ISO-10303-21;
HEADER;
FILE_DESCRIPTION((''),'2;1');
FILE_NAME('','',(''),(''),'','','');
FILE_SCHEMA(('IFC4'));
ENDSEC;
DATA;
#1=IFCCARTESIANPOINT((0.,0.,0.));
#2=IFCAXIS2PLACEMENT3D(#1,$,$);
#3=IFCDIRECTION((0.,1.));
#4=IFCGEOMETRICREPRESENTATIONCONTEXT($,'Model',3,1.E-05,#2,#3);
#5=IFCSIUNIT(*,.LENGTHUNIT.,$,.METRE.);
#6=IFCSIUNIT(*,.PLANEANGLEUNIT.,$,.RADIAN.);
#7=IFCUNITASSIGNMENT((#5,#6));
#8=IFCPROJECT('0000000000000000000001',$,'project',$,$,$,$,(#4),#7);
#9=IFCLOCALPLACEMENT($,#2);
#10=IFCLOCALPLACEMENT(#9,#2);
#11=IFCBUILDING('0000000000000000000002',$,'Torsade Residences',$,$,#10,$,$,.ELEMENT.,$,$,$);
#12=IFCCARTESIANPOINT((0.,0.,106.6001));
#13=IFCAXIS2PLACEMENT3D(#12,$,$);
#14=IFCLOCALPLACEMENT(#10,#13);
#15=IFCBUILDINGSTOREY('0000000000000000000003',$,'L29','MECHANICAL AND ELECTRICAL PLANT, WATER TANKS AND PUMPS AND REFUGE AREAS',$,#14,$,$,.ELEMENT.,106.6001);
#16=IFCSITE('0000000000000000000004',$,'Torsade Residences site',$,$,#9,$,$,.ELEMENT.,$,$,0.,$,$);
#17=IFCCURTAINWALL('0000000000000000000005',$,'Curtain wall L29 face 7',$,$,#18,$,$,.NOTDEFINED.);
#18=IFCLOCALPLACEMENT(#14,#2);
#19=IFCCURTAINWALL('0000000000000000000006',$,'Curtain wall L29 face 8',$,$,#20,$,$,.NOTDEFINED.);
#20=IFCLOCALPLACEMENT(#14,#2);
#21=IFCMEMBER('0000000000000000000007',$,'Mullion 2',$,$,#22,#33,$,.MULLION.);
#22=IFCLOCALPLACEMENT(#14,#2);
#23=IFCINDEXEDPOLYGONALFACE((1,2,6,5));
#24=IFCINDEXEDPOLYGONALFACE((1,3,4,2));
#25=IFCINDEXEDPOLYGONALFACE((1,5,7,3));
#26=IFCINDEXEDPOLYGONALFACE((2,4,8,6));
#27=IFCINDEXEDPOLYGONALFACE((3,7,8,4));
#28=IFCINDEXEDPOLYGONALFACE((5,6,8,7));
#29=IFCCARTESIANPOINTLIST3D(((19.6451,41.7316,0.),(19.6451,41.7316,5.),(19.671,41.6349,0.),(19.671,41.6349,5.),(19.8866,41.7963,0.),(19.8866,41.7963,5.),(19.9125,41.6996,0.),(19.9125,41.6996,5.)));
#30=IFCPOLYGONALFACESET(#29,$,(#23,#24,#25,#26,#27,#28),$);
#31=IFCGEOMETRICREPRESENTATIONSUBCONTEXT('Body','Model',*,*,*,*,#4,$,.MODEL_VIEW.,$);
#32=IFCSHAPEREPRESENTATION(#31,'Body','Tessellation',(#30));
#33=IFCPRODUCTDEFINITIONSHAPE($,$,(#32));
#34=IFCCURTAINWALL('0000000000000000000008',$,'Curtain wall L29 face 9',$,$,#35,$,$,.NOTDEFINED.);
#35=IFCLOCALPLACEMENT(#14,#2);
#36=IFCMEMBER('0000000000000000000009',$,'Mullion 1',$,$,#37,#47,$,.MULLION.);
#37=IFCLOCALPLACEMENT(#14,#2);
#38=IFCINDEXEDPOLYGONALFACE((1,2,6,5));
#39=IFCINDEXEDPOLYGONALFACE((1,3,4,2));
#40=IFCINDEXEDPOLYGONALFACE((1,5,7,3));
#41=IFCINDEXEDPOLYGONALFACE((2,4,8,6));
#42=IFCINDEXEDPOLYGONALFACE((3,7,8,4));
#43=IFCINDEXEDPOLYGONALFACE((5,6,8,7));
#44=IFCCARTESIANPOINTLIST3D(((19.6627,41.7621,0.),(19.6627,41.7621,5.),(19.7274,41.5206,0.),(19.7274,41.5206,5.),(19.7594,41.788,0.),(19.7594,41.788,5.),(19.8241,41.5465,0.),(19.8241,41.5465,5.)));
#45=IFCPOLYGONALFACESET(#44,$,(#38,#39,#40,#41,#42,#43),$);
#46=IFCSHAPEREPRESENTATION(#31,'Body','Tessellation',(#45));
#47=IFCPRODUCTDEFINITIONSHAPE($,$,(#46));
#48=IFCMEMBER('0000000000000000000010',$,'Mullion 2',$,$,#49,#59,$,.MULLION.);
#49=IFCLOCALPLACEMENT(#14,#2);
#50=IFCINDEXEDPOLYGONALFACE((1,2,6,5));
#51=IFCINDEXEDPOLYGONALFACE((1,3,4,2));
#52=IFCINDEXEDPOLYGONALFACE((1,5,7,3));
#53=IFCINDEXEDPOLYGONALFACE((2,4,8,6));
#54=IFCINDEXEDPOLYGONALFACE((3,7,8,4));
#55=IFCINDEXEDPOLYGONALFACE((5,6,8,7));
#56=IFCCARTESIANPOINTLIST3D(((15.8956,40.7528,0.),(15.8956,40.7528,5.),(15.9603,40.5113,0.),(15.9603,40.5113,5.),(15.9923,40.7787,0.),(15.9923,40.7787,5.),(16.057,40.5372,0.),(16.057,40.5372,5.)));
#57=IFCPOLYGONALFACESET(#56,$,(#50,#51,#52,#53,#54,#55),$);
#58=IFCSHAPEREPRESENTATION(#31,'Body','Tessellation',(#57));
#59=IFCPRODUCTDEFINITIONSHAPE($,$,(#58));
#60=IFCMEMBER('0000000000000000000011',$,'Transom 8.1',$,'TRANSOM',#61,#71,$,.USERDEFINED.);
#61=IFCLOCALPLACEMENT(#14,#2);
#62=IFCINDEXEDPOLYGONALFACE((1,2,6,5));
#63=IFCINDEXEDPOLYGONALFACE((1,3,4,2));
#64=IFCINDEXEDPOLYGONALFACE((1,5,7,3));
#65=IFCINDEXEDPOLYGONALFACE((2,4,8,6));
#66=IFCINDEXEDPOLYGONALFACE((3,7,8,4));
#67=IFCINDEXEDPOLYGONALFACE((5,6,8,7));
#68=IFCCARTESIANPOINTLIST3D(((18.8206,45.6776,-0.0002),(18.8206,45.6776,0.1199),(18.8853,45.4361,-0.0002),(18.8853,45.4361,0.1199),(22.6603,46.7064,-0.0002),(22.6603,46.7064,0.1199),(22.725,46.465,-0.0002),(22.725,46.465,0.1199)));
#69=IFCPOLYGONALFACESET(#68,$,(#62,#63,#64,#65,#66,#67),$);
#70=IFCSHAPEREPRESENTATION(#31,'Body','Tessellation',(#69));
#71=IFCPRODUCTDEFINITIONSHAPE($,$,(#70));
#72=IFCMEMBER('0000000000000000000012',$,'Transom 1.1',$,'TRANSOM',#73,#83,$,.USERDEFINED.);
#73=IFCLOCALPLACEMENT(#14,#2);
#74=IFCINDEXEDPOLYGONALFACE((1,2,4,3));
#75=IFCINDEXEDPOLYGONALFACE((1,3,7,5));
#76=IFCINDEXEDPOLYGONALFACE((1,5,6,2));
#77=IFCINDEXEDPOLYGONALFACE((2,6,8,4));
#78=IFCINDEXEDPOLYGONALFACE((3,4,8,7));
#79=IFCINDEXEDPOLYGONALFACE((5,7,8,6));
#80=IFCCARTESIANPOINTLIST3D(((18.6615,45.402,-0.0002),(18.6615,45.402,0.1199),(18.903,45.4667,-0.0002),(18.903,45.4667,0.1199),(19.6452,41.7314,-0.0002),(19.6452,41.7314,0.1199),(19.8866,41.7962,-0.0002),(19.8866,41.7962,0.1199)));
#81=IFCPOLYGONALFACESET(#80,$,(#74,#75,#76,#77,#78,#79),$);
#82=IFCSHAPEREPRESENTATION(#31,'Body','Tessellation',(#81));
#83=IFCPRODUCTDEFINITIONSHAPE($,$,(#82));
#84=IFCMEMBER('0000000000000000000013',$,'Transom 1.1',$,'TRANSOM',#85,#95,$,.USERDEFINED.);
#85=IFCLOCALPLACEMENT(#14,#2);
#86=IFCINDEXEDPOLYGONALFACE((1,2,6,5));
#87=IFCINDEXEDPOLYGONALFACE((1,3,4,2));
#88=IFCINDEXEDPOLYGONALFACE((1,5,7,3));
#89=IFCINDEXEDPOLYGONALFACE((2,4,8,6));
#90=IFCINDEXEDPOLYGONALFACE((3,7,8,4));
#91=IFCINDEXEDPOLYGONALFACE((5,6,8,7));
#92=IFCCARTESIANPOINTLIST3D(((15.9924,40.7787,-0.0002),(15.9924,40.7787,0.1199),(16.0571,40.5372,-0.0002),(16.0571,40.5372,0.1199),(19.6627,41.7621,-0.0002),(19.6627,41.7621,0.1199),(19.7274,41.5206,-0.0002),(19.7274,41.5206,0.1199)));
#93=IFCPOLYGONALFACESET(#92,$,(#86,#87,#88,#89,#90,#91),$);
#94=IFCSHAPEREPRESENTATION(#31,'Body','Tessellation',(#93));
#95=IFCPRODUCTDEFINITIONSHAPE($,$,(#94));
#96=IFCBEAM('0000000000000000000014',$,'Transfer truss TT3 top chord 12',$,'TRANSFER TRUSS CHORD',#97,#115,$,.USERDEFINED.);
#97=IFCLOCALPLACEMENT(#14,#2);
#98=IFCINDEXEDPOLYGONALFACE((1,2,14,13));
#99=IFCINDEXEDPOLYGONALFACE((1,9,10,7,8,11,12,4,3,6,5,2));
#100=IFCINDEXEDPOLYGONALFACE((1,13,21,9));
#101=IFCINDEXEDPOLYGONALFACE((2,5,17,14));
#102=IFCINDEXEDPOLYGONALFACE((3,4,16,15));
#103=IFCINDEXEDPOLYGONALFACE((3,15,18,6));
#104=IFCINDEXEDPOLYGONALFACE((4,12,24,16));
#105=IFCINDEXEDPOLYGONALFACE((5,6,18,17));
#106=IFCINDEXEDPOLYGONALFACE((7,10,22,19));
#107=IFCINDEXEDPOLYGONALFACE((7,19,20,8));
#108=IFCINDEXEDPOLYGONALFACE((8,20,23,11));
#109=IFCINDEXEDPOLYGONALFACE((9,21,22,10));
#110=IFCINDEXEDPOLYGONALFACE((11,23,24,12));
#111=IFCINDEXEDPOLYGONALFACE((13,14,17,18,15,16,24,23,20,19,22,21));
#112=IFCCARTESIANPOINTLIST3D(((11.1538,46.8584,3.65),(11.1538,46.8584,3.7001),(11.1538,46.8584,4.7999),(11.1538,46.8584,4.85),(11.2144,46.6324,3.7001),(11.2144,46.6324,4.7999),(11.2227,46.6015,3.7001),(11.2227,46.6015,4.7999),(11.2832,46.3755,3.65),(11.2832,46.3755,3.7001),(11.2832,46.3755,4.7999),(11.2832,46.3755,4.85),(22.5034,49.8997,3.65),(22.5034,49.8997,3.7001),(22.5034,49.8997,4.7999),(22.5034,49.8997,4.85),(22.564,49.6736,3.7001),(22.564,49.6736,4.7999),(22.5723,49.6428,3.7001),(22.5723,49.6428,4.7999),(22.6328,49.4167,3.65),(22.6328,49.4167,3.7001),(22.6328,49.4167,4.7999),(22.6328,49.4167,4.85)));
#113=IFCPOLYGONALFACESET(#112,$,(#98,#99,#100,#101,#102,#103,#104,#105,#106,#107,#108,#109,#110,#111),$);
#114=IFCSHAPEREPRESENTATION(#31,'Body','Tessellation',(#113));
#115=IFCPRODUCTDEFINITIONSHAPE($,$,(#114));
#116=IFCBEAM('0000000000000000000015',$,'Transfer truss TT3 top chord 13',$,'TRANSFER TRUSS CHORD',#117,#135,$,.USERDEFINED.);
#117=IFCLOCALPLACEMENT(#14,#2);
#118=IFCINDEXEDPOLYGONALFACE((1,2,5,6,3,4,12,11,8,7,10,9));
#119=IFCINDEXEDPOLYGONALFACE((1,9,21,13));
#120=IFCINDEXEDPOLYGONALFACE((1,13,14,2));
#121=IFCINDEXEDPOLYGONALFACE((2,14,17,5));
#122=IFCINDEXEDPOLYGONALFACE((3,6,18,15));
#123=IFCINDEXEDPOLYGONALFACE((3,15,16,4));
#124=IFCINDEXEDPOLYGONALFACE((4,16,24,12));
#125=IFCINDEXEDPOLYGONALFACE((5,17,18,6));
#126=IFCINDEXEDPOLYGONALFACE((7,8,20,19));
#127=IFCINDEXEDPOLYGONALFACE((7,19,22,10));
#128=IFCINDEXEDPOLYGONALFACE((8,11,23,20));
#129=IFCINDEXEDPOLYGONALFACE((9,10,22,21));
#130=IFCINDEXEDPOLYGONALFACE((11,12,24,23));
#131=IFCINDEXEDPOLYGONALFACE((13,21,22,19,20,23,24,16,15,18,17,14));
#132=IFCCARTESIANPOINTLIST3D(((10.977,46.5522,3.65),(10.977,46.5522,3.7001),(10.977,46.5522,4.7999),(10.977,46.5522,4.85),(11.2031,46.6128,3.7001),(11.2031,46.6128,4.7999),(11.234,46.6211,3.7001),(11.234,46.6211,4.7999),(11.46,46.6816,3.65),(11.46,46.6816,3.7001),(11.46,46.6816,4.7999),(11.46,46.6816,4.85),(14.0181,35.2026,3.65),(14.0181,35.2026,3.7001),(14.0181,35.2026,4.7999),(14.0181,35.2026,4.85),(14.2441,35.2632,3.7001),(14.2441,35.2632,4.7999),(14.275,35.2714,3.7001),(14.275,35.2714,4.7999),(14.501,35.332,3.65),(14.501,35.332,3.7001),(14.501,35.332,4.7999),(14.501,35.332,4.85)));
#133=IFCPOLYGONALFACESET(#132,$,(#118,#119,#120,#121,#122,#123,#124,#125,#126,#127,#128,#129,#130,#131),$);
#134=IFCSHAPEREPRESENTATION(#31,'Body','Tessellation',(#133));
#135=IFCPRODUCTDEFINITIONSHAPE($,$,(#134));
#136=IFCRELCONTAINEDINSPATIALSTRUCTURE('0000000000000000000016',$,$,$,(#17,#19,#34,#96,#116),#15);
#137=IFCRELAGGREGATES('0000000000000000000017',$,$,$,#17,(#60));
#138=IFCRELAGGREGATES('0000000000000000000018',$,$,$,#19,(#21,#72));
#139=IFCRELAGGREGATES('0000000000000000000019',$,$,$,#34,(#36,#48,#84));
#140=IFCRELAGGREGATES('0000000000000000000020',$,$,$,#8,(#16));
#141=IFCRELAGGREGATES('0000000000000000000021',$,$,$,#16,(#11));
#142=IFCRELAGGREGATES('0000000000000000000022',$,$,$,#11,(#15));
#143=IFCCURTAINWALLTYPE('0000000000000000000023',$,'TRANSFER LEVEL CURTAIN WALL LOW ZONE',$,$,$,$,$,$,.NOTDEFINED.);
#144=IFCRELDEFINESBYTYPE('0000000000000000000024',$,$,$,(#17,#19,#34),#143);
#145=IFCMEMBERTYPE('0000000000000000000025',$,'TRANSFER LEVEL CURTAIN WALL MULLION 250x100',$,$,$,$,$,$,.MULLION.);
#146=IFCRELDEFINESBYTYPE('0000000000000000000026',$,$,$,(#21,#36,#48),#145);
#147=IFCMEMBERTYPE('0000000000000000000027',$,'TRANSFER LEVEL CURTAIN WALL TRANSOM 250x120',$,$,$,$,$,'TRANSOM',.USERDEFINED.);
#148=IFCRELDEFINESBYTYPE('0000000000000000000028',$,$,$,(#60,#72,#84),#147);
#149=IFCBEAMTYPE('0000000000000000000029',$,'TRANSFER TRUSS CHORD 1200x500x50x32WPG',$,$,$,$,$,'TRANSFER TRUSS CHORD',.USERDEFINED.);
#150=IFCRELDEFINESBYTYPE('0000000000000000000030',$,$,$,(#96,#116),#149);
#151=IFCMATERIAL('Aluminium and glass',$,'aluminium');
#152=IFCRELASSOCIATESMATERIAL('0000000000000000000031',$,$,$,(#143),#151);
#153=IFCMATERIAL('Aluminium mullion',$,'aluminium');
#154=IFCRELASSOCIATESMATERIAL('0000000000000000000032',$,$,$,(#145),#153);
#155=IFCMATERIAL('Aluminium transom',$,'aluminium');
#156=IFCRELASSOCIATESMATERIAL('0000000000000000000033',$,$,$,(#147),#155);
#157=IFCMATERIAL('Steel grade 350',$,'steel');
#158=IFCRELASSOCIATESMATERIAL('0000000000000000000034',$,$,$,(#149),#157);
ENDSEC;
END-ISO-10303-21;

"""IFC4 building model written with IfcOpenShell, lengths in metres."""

from ifc_helpers import new_model, si_unit, direction, frame, origin, origin_2d, place, context, subcontext, project, spatial, rectangle, i_section, extrude, material, material_profile, profile_set, type_object, element, aggregate, save


model = new_model("IFC4")

# Units and contexts
model_context = context("Model", 3, precision=1e-05, world=origin(), true_north=direction((0.0, 1.0)))
body_context = subcontext(model_context, "Body", "Model", "MODEL_VIEW")
ifc_project = project(units=[si_unit("LENGTHUNIT", "METRE"), si_unit("PLANEANGLEUNIT", "RADIAN")], contexts=[model_context])

# Site, building, storey
site_placement = place(None, origin())
site = spatial("IfcSite", under=ifc_project, at=site_placement, Name="Torsade Residences site", CompositionType="ELEMENT", RefElevation=0.0)
building_placement = place(site_placement, origin())
building = spatial("IfcBuilding", under=site, at=building_placement, Name="Torsade Residences", CompositionType="ELEMENT")
storey_placement = place(building_placement, frame((0.0, 0.0, 106.6001)))
storey = spatial("IfcBuildingStorey", under=building, at=storey_placement, Name="L29", Description="MECHANICAL AND ELECTRICAL PLANT, WATER TANKS AND PUMPS AND REFUGE AREAS", CompositionType="ELEMENT", Elevation=106.6001)

# Curtain walls, members
ifc_material_1 = material(Name="Aluminium and glass", Category="aluminium")
curtain_wall_type = type_object("IfcCurtainWallType", Name="TRANSFER LEVEL CURTAIN WALL LOW ZONE", PredefinedType="NOTDEFINED", material=ifc_material_1)
curtain_wall_1_placement = place(storey_placement, origin())
curtain_wall_1 = element("IfcCurtainWall", 1, at=curtain_wall_1_placement, inside=storey, type_object=curtain_wall_type, Name="Curtain wall L29 face 7", PredefinedType="NOTDEFINED")
ifc_material_2 = material(Name="Aluminium mullion", Category="aluminium")
ifc_material_profile_1 = material_profile(ifc_material_2, rectangle(XDim=0.25, YDim=0.1001, at=origin_2d()), Name="TRANSFER LEVEL CURTAIN WALL MULLION 250x100")
ifc_profile_set_1 = profile_set([ifc_material_profile_1], Name="Aluminium mullion")
member_type_1 = type_object("IfcMemberType", Name="TRANSFER LEVEL CURTAIN WALL MULLION 250x100", PredefinedType="MULLION", material=ifc_profile_set_1)
curtain_wall_2_placement = place(storey_placement, origin())
curtain_wall_2 = element("IfcCurtainWall", 2, at=curtain_wall_2_placement, inside=storey, type_object=curtain_wall_type, Name="Curtain wall L29 face 8", PredefinedType="NOTDEFINED")
member_1_placement = place(storey_placement, frame((19.7788, 41.7156, 0.0), z_axis=(0.0, 0.0, 1.0), x_axis=(0.965926, 0.258819, 0.0)))
member_1 = element("IfcMember", 3, at=member_1_placement, type_object=member_type_1, Name="Mullion 2", PredefinedType="MULLION", context=body_context, shape_type="SweptSolid", body=[
    extrude(rectangle(XDim=0.25, YDim=0.1001, at=origin_2d()), origin(), (0.0, 0.0, 1.0), 5.0),
])
curtain_wall_3_placement = place(storey_placement, origin())
curtain_wall_3 = element("IfcCurtainWall", 4, at=curtain_wall_3_placement, inside=storey, type_object=curtain_wall_type, Name="Curtain wall L29 face 9", PredefinedType="NOTDEFINED")
member_2_placement = place(storey_placement, frame((19.7434, 41.6543, 0.0), z_axis=(0.0, 0.0, 1.0), x_axis=(0.258819, -0.965926, 0.0)))
member_2 = element("IfcMember", 5, at=member_2_placement, type_object=member_type_1, Name="Mullion 1", PredefinedType="MULLION", context=body_context, shape_type="SweptSolid", body=[
    extrude(rectangle(XDim=0.25, YDim=0.1001, at=origin_2d()), origin(), (0.0, 0.0, 1.0), 5.0),
])
member_3_placement = place(storey_placement, frame((15.9763, 40.645, 0.0), z_axis=(0.0, 0.0, 1.0), x_axis=(0.258819, -0.965926, 0.0)))
member_3 = element("IfcMember", 6, at=member_3_placement, type_object=member_type_1, Name="Mullion 2", PredefinedType="MULLION", context=body_context, shape_type="SweptSolid", body=[
    extrude(rectangle(XDim=0.25, YDim=0.1001, at=origin_2d()), origin(), (0.0, 0.0, 1.0), 5.0),
])

# Members
ifc_material_3 = material(Name="Aluminium transom", Category="aluminium")
ifc_material_profile_2 = material_profile(ifc_material_3, rectangle(XDim=0.25, YDim=0.1201, at=origin_2d()), Name="TRANSFER LEVEL CURTAIN WALL TRANSOM 250x120")
ifc_profile_set_2 = profile_set([ifc_material_profile_2], Name="Aluminium transom")
member_type_2 = type_object("IfcMemberType", Name="TRANSFER LEVEL CURTAIN WALL TRANSOM 250x120", ElementType="TRANSOM", PredefinedType="USERDEFINED", material=ifc_profile_set_2)
member_4_placement = place(storey_placement, frame((22.6926, 46.5857, 0.0598), z_axis=(-0.965926, -0.258817, 0.0), x_axis=(0.258817, -0.965926, 0.0)))
member_4 = element("IfcMember", 7, at=member_4_placement, type_object=member_type_2, Name="Transom 8.1", ObjectType="TRANSOM", PredefinedType="USERDEFINED", context=body_context, shape_type="SweptSolid", body=[
    extrude(rectangle(XDim=0.25, YDim=0.1201, at=origin_2d()), origin(), (0.0, 0.0, 1.0), 3.9751),
])
member_5_placement = place(storey_placement, frame((18.7822, 45.4343, 0.0598), z_axis=(0.258858, -0.965915, 0.0), x_axis=(0.965915, 0.258858, 0.0)))
member_5 = element("IfcMember", 8, at=member_5_placement, type_object=member_type_2, Name="Transom 1.1", ObjectType="TRANSOM", PredefinedType="USERDEFINED", context=body_context, shape_type="SweptSolid", body=[
    extrude(rectangle(XDim=0.25, YDim=0.1201, at=origin_2d()), origin(), (0.0, 0.0, 1.0), 3.8),
])
member_6_placement = place(storey_placement, frame((19.6951, 41.6414, 0.0598), z_axis=(-0.965931, -0.258798, 0.0), x_axis=(0.258798, -0.965931, 0.0)))
member_6 = element("IfcMember", 9, at=member_6_placement, type_object=member_type_2, Name="Transom 1.1", ObjectType="TRANSOM", PredefinedType="USERDEFINED", context=body_context, shape_type="SweptSolid", body=[
    extrude(rectangle(XDim=0.25, YDim=0.1201, at=origin_2d()), origin(), (0.0, 0.0, 1.0), 3.7998),
])

# Beams
ifc_material_4 = material(Name="Steel grade 350", Category="steel")
ifc_material_profile_3 = material_profile(ifc_material_4, i_section(OverallWidth=0.5, OverallDepth=1.2, WebThickness=0.032, FlangeThickness=0.05, at=origin_2d()), Name="1200x500x50x32WPG")
ifc_profile_set_3 = profile_set([ifc_material_profile_3], Name="Steel grade 350")
beam_type_1 = type_object("IfcBeamType", Name="TRANSFER TRUSS CHORD 1200x500x50x32WPG", ElementType="TRANSFER TRUSS CHORD", PredefinedType="USERDEFINED", material=ifc_profile_set_3)
for number, where, z_axis, x_axis, name in (
    (10, (22.5681, 49.6582, 4.25), (-0.965923, -0.25883, 0.0), (0.25883, -0.965923, 0.0), "Transfer truss TT3 top chord 12"),
    (11, (11.2185, 46.6169, 4.25), (0.258811, -0.965928, 0.0), (0.965928, 0.258811, 0.0), "Transfer truss TT3 top chord 13"),
):
    element("IfcBeam", number, at=place(storey_placement, frame(where, z_axis=z_axis, x_axis=x_axis)), inside=storey, type_object=beam_type_1, Name=name, ObjectType="TRANSFER TRUSS CHORD", PredefinedType="USERDEFINED", context=body_context, shape_type="SweptSolid", body=[
        extrude(i_section(OverallWidth=0.5, OverallDepth=1.2, WebThickness=0.032, FlangeThickness=0.05, at=origin_2d()), origin(), (0.0, 0.0, 1.0), 11.75),
    ])

aggregate(curtain_wall_1, [member_4])
aggregate(curtain_wall_2, [member_1, member_5])
aggregate(curtain_wall_3, [member_2, member_3, member_6])

save(model, "model.ifc")
